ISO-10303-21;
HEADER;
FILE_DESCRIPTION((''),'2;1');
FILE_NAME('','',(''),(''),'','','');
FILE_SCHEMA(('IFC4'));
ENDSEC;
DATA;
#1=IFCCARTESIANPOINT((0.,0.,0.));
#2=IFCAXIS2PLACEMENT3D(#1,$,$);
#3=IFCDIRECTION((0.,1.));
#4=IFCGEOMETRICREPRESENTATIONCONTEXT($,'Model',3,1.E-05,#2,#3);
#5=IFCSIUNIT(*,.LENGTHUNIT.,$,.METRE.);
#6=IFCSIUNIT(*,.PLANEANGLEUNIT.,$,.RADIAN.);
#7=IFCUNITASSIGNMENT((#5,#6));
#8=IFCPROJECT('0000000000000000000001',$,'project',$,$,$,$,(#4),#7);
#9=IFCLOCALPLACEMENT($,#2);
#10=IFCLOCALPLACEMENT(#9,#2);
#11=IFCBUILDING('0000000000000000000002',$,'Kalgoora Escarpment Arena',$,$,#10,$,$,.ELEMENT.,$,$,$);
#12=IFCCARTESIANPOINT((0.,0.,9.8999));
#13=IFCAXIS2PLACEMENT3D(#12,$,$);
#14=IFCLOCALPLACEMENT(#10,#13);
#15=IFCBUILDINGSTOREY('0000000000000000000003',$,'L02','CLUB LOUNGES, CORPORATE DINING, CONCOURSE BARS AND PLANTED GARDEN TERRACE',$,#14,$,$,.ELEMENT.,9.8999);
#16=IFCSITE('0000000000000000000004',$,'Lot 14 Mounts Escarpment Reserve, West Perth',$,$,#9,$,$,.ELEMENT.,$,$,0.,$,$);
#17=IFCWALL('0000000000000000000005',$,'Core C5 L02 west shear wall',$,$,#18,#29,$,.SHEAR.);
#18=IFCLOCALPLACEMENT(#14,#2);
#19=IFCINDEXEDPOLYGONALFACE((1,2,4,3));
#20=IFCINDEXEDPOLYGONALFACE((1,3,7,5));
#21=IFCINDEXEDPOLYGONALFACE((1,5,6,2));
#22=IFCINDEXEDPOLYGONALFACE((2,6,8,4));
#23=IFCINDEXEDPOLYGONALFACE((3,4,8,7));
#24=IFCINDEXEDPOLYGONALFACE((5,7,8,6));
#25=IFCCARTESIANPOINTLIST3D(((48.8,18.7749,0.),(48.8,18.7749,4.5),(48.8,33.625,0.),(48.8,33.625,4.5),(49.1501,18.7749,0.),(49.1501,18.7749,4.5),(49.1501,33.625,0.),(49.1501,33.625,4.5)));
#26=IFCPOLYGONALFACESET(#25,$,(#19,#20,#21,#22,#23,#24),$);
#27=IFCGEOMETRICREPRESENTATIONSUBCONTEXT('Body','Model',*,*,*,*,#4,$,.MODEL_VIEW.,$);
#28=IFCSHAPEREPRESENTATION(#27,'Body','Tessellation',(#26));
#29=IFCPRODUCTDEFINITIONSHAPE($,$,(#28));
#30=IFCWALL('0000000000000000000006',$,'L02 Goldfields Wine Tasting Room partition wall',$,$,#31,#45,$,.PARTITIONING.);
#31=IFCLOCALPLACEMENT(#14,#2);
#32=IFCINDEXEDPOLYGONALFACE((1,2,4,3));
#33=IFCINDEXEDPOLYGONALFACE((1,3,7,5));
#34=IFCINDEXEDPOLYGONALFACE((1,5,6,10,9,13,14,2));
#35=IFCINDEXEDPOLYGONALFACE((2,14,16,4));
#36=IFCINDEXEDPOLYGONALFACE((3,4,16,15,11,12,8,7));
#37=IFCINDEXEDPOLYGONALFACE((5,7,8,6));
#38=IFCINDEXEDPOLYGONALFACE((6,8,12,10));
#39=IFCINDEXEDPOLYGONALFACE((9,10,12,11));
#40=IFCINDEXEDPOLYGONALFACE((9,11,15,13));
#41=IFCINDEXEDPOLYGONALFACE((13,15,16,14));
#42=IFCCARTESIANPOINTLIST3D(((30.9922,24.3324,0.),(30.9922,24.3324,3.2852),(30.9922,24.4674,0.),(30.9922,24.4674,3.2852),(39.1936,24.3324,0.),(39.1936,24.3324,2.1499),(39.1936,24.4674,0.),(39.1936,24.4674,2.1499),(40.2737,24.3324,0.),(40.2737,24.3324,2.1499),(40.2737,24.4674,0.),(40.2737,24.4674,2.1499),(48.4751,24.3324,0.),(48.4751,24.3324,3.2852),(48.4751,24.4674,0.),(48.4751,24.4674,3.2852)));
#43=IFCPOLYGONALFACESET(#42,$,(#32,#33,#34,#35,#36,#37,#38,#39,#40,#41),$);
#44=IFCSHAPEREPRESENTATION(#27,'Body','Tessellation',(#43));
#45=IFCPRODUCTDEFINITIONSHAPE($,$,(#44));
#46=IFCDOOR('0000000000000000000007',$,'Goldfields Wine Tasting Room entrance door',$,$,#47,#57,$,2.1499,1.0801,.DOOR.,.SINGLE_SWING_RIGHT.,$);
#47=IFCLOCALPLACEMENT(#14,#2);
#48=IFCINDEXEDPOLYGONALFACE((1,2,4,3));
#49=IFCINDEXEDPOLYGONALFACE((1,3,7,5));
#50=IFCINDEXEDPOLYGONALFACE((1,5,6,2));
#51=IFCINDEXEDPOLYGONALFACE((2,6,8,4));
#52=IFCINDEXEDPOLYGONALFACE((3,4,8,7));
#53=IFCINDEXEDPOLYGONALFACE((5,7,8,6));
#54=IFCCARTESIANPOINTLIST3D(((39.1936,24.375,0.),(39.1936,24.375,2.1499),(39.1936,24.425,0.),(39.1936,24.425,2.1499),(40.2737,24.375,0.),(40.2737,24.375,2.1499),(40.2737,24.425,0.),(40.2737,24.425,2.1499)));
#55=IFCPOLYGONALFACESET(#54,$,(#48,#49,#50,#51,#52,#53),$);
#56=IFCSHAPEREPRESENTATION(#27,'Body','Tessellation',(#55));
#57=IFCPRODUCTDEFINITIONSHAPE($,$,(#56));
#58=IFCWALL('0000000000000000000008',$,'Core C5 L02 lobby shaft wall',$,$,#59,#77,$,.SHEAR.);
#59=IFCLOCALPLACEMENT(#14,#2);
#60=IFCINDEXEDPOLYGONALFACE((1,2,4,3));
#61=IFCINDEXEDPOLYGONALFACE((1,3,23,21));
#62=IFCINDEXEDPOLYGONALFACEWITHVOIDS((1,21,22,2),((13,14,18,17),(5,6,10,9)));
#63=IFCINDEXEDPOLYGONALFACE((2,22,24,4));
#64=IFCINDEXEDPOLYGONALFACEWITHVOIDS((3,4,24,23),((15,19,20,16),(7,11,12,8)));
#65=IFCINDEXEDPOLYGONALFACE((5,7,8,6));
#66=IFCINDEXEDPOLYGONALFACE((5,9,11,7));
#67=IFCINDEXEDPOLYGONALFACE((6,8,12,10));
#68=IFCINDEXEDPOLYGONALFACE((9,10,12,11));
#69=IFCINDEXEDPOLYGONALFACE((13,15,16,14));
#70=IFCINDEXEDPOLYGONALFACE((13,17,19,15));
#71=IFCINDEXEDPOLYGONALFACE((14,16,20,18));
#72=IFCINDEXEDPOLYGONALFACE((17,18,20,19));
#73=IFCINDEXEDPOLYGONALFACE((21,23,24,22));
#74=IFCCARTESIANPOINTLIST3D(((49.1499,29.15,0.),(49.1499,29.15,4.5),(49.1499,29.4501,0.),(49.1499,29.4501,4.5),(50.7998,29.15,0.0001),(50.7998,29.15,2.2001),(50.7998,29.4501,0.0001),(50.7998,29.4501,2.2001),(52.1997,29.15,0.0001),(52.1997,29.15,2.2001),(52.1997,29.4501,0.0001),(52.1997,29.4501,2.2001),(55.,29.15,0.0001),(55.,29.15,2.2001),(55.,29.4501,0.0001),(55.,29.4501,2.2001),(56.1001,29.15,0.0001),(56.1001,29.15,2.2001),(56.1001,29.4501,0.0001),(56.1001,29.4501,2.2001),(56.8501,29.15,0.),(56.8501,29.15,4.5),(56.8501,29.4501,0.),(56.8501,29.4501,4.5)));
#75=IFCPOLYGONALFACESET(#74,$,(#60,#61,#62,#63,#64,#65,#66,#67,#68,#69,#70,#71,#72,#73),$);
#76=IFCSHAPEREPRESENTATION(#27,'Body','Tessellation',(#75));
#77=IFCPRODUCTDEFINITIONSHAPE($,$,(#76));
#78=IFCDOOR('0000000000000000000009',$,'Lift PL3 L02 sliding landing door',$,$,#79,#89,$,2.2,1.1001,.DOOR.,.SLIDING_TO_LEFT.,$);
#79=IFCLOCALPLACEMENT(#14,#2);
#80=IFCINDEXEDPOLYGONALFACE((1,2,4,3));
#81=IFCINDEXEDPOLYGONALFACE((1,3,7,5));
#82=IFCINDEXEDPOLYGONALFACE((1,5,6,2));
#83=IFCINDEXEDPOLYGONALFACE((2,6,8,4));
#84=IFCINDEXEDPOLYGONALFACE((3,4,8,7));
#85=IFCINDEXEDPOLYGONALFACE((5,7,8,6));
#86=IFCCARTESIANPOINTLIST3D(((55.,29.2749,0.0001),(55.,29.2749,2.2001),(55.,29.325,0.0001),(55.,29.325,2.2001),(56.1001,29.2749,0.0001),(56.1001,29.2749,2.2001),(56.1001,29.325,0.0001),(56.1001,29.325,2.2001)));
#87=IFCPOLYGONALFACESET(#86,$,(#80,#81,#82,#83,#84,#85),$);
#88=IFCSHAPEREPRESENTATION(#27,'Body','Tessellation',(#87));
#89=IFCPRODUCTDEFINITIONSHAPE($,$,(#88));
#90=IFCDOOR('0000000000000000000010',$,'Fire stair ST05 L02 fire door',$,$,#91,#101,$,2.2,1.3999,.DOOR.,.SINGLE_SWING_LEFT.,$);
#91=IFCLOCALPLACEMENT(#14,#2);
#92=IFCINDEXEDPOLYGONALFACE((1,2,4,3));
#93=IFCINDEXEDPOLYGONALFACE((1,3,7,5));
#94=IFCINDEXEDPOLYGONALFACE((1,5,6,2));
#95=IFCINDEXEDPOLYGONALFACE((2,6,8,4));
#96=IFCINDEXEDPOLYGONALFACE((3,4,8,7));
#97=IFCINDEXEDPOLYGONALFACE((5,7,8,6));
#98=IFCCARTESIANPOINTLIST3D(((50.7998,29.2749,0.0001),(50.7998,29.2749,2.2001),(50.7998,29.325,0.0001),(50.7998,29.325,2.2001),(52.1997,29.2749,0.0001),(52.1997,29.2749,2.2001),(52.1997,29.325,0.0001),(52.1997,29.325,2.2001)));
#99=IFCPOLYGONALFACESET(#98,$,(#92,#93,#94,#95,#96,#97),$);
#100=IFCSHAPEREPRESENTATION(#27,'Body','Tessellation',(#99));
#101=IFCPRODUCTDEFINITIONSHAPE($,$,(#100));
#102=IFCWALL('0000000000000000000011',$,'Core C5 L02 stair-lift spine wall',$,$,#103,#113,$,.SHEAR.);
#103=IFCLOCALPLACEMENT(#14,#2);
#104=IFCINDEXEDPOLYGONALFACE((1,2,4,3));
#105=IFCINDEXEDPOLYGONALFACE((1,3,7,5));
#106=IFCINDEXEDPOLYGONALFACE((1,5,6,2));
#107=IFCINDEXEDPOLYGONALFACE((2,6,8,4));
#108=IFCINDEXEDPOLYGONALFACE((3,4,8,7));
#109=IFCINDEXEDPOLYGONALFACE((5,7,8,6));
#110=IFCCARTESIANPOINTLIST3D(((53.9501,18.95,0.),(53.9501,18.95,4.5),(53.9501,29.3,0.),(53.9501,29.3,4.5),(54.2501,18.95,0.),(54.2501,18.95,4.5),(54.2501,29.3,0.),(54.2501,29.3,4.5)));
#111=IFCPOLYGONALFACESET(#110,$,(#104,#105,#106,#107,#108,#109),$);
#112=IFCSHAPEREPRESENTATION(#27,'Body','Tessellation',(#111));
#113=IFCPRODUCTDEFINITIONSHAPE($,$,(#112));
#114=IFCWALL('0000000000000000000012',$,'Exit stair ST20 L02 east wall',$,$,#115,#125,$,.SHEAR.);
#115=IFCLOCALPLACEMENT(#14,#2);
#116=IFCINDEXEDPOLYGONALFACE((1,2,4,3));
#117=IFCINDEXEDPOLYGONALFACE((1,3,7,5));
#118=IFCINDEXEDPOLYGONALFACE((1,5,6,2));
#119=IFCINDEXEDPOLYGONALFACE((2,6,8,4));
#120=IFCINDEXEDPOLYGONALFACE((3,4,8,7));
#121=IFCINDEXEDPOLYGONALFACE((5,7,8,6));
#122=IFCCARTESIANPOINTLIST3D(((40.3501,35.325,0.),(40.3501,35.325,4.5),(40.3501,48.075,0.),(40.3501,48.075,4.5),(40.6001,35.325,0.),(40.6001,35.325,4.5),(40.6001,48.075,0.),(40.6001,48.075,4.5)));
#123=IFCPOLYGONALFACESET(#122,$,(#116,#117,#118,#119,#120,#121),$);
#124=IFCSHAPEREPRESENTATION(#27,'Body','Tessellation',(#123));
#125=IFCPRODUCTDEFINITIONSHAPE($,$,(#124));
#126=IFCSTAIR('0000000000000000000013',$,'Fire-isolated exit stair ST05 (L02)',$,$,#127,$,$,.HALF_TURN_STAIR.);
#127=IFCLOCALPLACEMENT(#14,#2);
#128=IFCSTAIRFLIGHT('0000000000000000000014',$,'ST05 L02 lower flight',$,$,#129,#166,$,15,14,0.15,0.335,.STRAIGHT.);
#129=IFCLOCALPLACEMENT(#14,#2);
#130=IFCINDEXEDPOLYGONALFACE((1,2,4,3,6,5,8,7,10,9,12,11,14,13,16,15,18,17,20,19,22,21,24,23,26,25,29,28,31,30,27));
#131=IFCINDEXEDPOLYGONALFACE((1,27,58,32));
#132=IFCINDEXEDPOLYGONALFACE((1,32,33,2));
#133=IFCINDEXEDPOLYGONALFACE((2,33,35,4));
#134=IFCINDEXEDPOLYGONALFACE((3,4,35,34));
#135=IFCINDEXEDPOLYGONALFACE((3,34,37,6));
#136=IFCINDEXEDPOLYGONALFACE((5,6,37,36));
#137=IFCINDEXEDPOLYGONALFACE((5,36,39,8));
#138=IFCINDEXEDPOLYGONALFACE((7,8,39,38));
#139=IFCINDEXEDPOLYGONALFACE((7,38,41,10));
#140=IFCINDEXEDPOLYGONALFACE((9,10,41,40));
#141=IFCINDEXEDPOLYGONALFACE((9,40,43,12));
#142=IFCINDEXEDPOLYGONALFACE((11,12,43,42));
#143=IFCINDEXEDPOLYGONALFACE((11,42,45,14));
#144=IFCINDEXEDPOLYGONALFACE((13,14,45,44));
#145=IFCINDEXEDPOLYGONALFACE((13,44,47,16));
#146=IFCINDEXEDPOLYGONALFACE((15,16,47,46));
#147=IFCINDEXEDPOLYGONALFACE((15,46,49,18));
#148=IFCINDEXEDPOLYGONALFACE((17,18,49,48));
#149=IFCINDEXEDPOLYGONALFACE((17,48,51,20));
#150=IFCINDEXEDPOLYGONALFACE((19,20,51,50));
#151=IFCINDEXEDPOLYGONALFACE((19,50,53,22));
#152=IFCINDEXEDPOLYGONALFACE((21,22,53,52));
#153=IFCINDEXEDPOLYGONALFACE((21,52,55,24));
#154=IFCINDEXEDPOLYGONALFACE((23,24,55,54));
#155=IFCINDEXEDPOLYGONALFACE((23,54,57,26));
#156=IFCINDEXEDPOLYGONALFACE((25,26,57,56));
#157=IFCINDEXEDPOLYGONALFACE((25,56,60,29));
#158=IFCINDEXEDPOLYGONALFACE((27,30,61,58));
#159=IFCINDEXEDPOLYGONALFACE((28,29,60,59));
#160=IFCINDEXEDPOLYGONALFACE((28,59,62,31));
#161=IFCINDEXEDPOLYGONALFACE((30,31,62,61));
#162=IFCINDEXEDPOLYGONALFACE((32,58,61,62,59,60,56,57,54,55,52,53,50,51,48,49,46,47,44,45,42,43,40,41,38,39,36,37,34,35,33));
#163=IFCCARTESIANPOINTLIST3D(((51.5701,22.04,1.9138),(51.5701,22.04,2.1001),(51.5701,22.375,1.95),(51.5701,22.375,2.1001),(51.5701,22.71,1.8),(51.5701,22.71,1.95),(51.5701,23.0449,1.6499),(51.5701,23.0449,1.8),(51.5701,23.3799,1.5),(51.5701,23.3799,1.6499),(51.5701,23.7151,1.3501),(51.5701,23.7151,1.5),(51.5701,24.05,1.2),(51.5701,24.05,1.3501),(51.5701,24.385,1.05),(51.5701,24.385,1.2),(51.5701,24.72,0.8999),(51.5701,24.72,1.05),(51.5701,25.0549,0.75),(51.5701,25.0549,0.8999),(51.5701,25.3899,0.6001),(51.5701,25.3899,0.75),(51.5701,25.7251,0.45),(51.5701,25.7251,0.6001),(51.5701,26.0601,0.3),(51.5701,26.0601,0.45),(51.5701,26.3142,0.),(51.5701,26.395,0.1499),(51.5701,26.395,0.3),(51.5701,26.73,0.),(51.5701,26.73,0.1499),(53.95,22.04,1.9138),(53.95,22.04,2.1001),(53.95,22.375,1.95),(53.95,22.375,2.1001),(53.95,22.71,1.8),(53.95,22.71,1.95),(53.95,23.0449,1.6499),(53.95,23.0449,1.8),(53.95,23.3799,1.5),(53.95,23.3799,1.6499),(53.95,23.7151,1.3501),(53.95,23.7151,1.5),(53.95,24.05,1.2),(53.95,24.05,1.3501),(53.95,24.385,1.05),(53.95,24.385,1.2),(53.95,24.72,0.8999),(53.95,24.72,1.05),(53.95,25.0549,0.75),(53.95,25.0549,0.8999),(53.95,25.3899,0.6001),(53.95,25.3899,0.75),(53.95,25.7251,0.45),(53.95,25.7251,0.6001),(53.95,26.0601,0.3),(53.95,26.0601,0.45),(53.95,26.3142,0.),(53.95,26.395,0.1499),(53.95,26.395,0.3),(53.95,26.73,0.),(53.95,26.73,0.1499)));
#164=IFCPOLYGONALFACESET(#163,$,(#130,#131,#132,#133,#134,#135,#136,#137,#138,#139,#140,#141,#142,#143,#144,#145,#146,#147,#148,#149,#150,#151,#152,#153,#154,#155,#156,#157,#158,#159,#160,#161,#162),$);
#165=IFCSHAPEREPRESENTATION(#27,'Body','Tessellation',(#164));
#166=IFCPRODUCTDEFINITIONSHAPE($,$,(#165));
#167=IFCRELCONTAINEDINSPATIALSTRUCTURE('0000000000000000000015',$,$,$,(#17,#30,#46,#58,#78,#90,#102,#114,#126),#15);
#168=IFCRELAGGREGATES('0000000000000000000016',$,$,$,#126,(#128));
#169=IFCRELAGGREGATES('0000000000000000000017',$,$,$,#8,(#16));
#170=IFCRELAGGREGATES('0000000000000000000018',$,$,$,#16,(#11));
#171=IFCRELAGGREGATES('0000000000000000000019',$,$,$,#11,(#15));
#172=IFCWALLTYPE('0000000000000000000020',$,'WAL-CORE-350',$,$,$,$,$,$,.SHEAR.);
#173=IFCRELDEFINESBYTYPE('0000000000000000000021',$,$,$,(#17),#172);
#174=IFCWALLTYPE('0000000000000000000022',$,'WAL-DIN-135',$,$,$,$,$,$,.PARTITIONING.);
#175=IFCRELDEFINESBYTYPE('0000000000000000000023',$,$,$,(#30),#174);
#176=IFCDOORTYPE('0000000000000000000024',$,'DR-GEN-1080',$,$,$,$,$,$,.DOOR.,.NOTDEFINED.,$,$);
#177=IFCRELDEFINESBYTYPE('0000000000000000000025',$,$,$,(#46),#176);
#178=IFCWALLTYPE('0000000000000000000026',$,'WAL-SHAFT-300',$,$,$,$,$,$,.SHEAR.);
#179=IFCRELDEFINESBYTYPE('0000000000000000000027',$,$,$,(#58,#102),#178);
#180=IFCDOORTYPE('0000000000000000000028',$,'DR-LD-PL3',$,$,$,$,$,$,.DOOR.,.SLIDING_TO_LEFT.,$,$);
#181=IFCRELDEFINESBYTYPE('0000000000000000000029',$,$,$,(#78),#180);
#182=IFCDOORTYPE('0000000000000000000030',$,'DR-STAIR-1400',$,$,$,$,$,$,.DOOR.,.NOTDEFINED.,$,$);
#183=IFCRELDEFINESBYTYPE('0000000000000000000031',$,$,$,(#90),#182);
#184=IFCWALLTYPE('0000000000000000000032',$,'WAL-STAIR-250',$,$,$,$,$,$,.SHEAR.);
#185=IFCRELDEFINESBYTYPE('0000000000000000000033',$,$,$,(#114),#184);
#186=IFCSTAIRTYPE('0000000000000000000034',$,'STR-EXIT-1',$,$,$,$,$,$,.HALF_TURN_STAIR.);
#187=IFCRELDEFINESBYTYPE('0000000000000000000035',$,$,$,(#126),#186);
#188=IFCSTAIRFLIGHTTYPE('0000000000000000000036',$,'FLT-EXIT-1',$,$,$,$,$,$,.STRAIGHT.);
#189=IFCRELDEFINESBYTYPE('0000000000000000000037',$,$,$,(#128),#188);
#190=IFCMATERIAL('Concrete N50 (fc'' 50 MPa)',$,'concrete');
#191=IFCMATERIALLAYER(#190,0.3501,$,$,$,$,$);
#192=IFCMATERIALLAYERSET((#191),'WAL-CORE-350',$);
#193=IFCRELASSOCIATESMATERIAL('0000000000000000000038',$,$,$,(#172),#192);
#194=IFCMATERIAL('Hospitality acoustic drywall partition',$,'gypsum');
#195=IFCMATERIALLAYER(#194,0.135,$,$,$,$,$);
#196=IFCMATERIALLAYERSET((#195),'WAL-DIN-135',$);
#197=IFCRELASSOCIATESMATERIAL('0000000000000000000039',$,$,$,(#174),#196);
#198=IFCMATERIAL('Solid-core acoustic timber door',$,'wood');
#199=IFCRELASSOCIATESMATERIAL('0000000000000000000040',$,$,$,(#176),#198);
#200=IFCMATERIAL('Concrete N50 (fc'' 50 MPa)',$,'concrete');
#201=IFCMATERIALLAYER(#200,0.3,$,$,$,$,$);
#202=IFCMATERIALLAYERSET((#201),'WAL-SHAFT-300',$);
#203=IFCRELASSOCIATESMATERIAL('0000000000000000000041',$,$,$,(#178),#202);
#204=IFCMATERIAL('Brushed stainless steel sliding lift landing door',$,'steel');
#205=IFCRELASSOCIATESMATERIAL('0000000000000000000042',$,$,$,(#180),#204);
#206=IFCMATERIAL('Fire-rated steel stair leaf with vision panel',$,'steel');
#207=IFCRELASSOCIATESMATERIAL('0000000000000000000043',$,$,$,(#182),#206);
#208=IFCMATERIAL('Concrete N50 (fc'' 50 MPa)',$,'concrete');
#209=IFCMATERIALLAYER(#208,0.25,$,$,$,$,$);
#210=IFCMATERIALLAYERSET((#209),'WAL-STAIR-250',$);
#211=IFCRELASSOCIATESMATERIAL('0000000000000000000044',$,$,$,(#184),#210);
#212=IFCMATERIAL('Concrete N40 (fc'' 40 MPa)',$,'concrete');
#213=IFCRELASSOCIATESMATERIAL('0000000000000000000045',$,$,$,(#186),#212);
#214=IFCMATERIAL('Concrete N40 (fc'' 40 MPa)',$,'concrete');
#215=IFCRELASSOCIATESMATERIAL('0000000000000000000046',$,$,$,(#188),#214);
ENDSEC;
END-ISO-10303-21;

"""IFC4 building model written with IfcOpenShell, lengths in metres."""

from ifc_helpers import new_model, si_unit, direction, frame, frame_2d, origin, place, context, subcontext, project, spatial, polyline, rectangle, outline, extrude, material, layer, layer_set, type_object, element, fill, aggregate, save


model = new_model("IFC4")

# Units and contexts
model_context = context("Model", 3, precision=1e-05, world=origin(), true_north=direction((0.0, 1.0)))
body_context = subcontext(model_context, "Body", "Model", "MODEL_VIEW")
ifc_project = project(units=[si_unit("LENGTHUNIT", "METRE"), si_unit("PLANEANGLEUNIT", "RADIAN")], contexts=[model_context])

# Site, building, storey
site_placement = place(None, origin())
site = spatial("IfcSite", under=ifc_project, at=site_placement, Name="Lot 14 Mounts Escarpment Reserve, West Perth", CompositionType="ELEMENT", RefElevation=0.0)
building_placement = place(site_placement, origin())
building = spatial("IfcBuilding", under=site, at=building_placement, Name="Kalgoora Escarpment Arena", CompositionType="ELEMENT")
storey_placement = place(building_placement, frame((0.0, 0.0, 9.8999)))
storey = spatial("IfcBuildingStorey", under=building, at=storey_placement, Name="L02", Description="CLUB LOUNGES, CORPORATE DINING, CONCOURSE BARS AND PLANTED GARDEN TERRACE", CompositionType="ELEMENT", Elevation=9.8999)

# Shared definitions
ifc_material_1 = material(Name="Concrete N50 (fc' 50 MPa)", Category="concrete")
ifc_layer_1 = layer(ifc_material_1, 0.3501)
ifc_layer_set_1 = layer_set([ifc_layer_1], Name="WAL-CORE-350")
wall_type_1 = type_object("IfcWallType", Name="WAL-CORE-350", PredefinedType="SHEAR", material=ifc_layer_set_1)

# Wall
wall_1_placement = place(storey_placement, frame((48.9751, 18.7749, 0.0), z_axis=(0.0, 0.0, 1.0), x_axis=(0.0, 1.0, 0.0)))
element("IfcWall", 1, at=wall_1_placement, inside=storey, type_object=wall_type_1, Name="Core C5 L02 west shear wall", PredefinedType="SHEAR", context=body_context, shape_type="SweptSolid", body=[
    extrude(rectangle(XDim=14.8501, YDim=0.3501, at=frame_2d((7.425, 0.0))), origin(), (0.0, 0.0, 1.0), 4.5),
])

# Wall, opening, door
ifc_material_2 = material(Name="Hospitality acoustic drywall partition", Category="gypsum")
ifc_layer_2 = layer(ifc_material_2, 0.135)
ifc_layer_set_2 = layer_set([ifc_layer_2], Name="WAL-DIN-135")
wall_type_2 = type_object("IfcWallType", Name="WAL-DIN-135", PredefinedType="PARTITIONING", material=ifc_layer_set_2)
wall_2_placement = place(storey_placement, frame((48.4751, 24.3999, 0.0), z_axis=(0.0, 0.0, 1.0), x_axis=(-1.0, 0.0, 0.0)))
wall_2 = element("IfcWall", 2, at=wall_2_placement, inside=storey, type_object=wall_type_2, Name="L02 Goldfields Wine Tasting Room partition wall", PredefinedType="PARTITIONING", context=body_context, shape_type="SweptSolid", body=[
    extrude(rectangle(XDim=17.4829, YDim=0.135, at=frame_2d((8.7415, 0.0))), origin(), (0.0, 0.0, 1.0), 3.2852),
])
opening_1_placement = place(wall_2_placement, frame((8.2014, 0.0, 0.0)))
opening_1 = element("IfcOpeningElement", 3, at=opening_1_placement, cuts=wall_2, PredefinedType="OPENING", context=body_context, shape_type="SweptSolid", body=[
    extrude(rectangle(XDim=1.0801, YDim=2.1499, at=frame_2d((0.54, 1.075))), frame((0.0, 0.0774, 0.0), z_axis=(0.0, -1.0, 0.0), x_axis=(1.0, 0.0, 0.0)), (0.0, 0.0, 1.0), 0.155),
])
ifc_material_3 = material(Name="Solid-core acoustic timber door", Category="wood")
door_type_1 = type_object("IfcDoorType", Name="DR-GEN-1080", OperationType="NOTDEFINED", PredefinedType="DOOR", material=ifc_material_3)
door_1_placement = place(opening_1_placement, origin())
door_1 = element("IfcDoor", 4, at=door_1_placement, inside=storey, type_object=door_type_1, Name="Goldfields Wine Tasting Room entrance door", OperationType="SINGLE_SWING_RIGHT", OverallHeight=2.1499, OverallWidth=1.0801, PredefinedType="DOOR", context=body_context, shape_type="SweptSolid", body=[
    extrude(rectangle(XDim=1.0801, YDim=2.1499, at=frame_2d((0.54, 1.075))), frame((0.0, 0.0249, 0.0), z_axis=(0.0, -1.0, 0.0), x_axis=(1.0, 0.0, 0.0)), (0.0, 0.0, 1.0), 0.05),
])
fill(opening_1, door_1)

# Wall, openings, doors
ifc_material_4 = material(Name="Concrete N50 (fc' 50 MPa)", Category="concrete")
ifc_layer_3 = layer(ifc_material_4, 0.3)
ifc_layer_set_3 = layer_set([ifc_layer_3], Name="WAL-SHAFT-300")
wall_type_3 = type_object("IfcWallType", Name="WAL-SHAFT-300", PredefinedType="SHEAR", material=ifc_layer_set_3)
wall_3_placement = place(storey_placement, frame((49.1499, 29.3, 0.0), z_axis=(0.0, 0.0, 1.0), x_axis=(1.0, 0.0, 0.0)))
wall_3 = element("IfcWall", 5, at=wall_3_placement, inside=storey, type_object=wall_type_3, Name="Core C5 L02 lobby shaft wall", PredefinedType="SHEAR", context=body_context, shape_type="SweptSolid", body=[
    extrude(rectangle(XDim=7.7002, YDim=0.3, at=frame_2d((3.8501, 0.0))), origin(), (0.0, 0.0, 1.0), 4.5),
])
opening_2_placement = place(wall_3_placement, frame((1.6499, 0.0, 0.0)))
opening_2 = element("IfcOpeningElement", 6, at=opening_2_placement, cuts=wall_3, PredefinedType="OPENING", context=body_context, shape_type="SweptSolid", body=[
    extrude(rectangle(XDim=1.3999, YDim=2.2, at=frame_2d((0.7, 1.1001))), frame((0.0, 0.1599, 0.0), z_axis=(0.0, -1.0, 0.0), x_axis=(1.0, 0.0, 0.0)), (0.0, 0.0, 1.0), 0.3201),
])
opening_3_placement = place(wall_3_placement, frame((5.8501, 0.0, 0.0)))
opening_3 = element("IfcOpeningElement", 7, at=opening_3_placement, cuts=wall_3, PredefinedType="OPENING", context=body_context, shape_type="SweptSolid", body=[
    extrude(rectangle(XDim=1.1001, YDim=2.2, at=frame_2d((0.55, 1.1001))), frame((0.0, 0.1599, 0.0), z_axis=(0.0, -1.0, 0.0), x_axis=(1.0, 0.0, 0.0)), (0.0, 0.0, 1.0), 0.3201),
])
ifc_material_5 = material(Name="Brushed stainless steel sliding lift landing door", Category="steel")
door_type_2 = type_object("IfcDoorType", Name="DR-LD-PL3", OperationType="SLIDING_TO_LEFT", PredefinedType="DOOR", material=ifc_material_5)
door_2_placement = place(opening_3_placement, origin())
door_2 = element("IfcDoor", 8, at=door_2_placement, inside=storey, type_object=door_type_2, Name="Lift PL3 L02 sliding landing door", OperationType="SLIDING_TO_LEFT", OverallHeight=2.2, OverallWidth=1.1001, PredefinedType="DOOR", context=body_context, shape_type="SweptSolid", body=[
    extrude(rectangle(XDim=1.1001, YDim=2.2, at=frame_2d((0.55, 1.1001))), frame((0.0, 0.0249, 0.0), z_axis=(0.0, -1.0, 0.0), x_axis=(1.0, 0.0, 0.0)), (0.0, 0.0, 1.0), 0.05),
])
fill(opening_3, door_2)
ifc_material_6 = material(Name="Fire-rated steel stair leaf with vision panel", Category="steel")
door_type_3 = type_object("IfcDoorType", Name="DR-STAIR-1400", OperationType="NOTDEFINED", PredefinedType="DOOR", material=ifc_material_6)
door_3_placement = place(opening_2_placement, origin())
door_3 = element("IfcDoor", 9, at=door_3_placement, inside=storey, type_object=door_type_3, Name="Fire stair ST05 L02 fire door", OperationType="SINGLE_SWING_LEFT", OverallHeight=2.2, OverallWidth=1.3999, PredefinedType="DOOR", context=body_context, shape_type="SweptSolid", body=[
    extrude(rectangle(XDim=1.3999, YDim=2.2, at=frame_2d((0.7, 1.1001))), frame((0.0, 0.0249, 0.0), z_axis=(0.0, -1.0, 0.0), x_axis=(1.0, 0.0, 0.0)), (0.0, 0.0, 1.0), 0.05),
])
fill(opening_2, door_3)

# Walls
wall_4_placement = place(storey_placement, frame((54.1001, 18.95, 0.0), z_axis=(0.0, 0.0, 1.0), x_axis=(0.0, 1.0, 0.0)))
element("IfcWall", 10, at=wall_4_placement, inside=storey, type_object=wall_type_3, Name="Core C5 L02 stair-lift spine wall", PredefinedType="SHEAR", context=body_context, shape_type="SweptSolid", body=[
    extrude(rectangle(XDim=10.3501, YDim=0.3, at=frame_2d((5.175, 0.0))), origin(), (0.0, 0.0, 1.0), 4.5),
])
ifc_material_7 = material(Name="Concrete N50 (fc' 50 MPa)", Category="concrete")
ifc_layer_4 = layer(ifc_material_7, 0.25)
ifc_layer_set_4 = layer_set([ifc_layer_4], Name="WAL-STAIR-250")
wall_type_4 = type_object("IfcWallType", Name="WAL-STAIR-250", PredefinedType="SHEAR", material=ifc_layer_set_4)
wall_5_placement = place(storey_placement, frame((40.4751, 35.325, 0.0), z_axis=(0.0, 0.0, 1.0), x_axis=(0.0, 1.0, 0.0)))
element("IfcWall", 11, at=wall_5_placement, inside=storey, type_object=wall_type_4, Name="Exit stair ST20 L02 east wall", PredefinedType="SHEAR", context=body_context, shape_type="SweptSolid", body=[
    extrude(rectangle(XDim=12.75, YDim=0.25, at=frame_2d((6.375, 0.0))), origin(), (0.0, 0.0, 1.0), 4.5),
])

# Stair, stair flight
ifc_material_8 = material(Name="Concrete N40 (fc' 40 MPa)", Category="concrete")
stair_type = type_object("IfcStairType", Name="STR-EXIT-1", PredefinedType="HALF_TURN_STAIR", material=ifc_material_8)
stair_placement = place(storey_placement, origin())
stair = element("IfcStair", 12, at=stair_placement, inside=storey, type_object=stair_type, Name="Fire-isolated exit stair ST05 (L02)", PredefinedType="HALF_TURN_STAIR")
ifc_material_9 = material(Name="Concrete N40 (fc' 40 MPa)", Category="concrete")
stair_flight_type = type_object("IfcStairFlightType", Name="FLT-EXIT-1", PredefinedType="STRAIGHT", material=ifc_material_9)
stair_flight_1_placement = place(storey_placement, frame((52.76, 26.73, 0.0), z_axis=(0.0, 0.0, 1.0), x_axis=(0.0, -1.0, 0.0)))
stair_flight_1 = element("IfcStairFlight", 13, at=stair_flight_1_placement, type_object=stair_flight_type, Name="ST05 L02 lower flight", NumberOfRisers=15, NumberOfTreads=14, PredefinedType="STRAIGHT", RiserHeight=0.15, TreadLength=0.335, context=body_context, shape_type="SweptSolid", body=[
    extrude(outline(polyline([(0.0, 0.0), (0.0, 0.1499), (0.335, 0.1499), (0.335, 0.3), (0.6699, 0.3), (0.6699, 0.45), (1.0049, 0.45), (1.0049, 0.6001), (1.3401, 0.6001), (1.3401, 0.75), (1.675, 0.75), (1.675, 0.8999), (2.01, 0.8999), (2.01, 1.05), (2.345, 1.05), (2.345, 1.2), (2.6799, 1.2), (2.6799, 1.3501), (3.0149, 1.3501), (3.0149, 1.5), (3.3501, 1.5), (3.3501, 1.6499), (3.6851, 1.6499), (3.6851, 1.8), (4.02, 1.8), (4.02, 1.95), (4.355, 1.95), (4.355, 2.1001), (4.6899, 2.1001), (4.6899, 2.25), (4.6899, 1.9138), (0.4158, 0.0), (0.0, 0.0)])), frame((0.0, 1.1899, 0.0), z_axis=(0.0, -1.0, 0.0), x_axis=(1.0, 0.0, 0.0)), (0.0, 0.0, 1.0), 2.3799),
])
aggregate(stair, [stair_flight_1])

save(model, "model.ifc")
